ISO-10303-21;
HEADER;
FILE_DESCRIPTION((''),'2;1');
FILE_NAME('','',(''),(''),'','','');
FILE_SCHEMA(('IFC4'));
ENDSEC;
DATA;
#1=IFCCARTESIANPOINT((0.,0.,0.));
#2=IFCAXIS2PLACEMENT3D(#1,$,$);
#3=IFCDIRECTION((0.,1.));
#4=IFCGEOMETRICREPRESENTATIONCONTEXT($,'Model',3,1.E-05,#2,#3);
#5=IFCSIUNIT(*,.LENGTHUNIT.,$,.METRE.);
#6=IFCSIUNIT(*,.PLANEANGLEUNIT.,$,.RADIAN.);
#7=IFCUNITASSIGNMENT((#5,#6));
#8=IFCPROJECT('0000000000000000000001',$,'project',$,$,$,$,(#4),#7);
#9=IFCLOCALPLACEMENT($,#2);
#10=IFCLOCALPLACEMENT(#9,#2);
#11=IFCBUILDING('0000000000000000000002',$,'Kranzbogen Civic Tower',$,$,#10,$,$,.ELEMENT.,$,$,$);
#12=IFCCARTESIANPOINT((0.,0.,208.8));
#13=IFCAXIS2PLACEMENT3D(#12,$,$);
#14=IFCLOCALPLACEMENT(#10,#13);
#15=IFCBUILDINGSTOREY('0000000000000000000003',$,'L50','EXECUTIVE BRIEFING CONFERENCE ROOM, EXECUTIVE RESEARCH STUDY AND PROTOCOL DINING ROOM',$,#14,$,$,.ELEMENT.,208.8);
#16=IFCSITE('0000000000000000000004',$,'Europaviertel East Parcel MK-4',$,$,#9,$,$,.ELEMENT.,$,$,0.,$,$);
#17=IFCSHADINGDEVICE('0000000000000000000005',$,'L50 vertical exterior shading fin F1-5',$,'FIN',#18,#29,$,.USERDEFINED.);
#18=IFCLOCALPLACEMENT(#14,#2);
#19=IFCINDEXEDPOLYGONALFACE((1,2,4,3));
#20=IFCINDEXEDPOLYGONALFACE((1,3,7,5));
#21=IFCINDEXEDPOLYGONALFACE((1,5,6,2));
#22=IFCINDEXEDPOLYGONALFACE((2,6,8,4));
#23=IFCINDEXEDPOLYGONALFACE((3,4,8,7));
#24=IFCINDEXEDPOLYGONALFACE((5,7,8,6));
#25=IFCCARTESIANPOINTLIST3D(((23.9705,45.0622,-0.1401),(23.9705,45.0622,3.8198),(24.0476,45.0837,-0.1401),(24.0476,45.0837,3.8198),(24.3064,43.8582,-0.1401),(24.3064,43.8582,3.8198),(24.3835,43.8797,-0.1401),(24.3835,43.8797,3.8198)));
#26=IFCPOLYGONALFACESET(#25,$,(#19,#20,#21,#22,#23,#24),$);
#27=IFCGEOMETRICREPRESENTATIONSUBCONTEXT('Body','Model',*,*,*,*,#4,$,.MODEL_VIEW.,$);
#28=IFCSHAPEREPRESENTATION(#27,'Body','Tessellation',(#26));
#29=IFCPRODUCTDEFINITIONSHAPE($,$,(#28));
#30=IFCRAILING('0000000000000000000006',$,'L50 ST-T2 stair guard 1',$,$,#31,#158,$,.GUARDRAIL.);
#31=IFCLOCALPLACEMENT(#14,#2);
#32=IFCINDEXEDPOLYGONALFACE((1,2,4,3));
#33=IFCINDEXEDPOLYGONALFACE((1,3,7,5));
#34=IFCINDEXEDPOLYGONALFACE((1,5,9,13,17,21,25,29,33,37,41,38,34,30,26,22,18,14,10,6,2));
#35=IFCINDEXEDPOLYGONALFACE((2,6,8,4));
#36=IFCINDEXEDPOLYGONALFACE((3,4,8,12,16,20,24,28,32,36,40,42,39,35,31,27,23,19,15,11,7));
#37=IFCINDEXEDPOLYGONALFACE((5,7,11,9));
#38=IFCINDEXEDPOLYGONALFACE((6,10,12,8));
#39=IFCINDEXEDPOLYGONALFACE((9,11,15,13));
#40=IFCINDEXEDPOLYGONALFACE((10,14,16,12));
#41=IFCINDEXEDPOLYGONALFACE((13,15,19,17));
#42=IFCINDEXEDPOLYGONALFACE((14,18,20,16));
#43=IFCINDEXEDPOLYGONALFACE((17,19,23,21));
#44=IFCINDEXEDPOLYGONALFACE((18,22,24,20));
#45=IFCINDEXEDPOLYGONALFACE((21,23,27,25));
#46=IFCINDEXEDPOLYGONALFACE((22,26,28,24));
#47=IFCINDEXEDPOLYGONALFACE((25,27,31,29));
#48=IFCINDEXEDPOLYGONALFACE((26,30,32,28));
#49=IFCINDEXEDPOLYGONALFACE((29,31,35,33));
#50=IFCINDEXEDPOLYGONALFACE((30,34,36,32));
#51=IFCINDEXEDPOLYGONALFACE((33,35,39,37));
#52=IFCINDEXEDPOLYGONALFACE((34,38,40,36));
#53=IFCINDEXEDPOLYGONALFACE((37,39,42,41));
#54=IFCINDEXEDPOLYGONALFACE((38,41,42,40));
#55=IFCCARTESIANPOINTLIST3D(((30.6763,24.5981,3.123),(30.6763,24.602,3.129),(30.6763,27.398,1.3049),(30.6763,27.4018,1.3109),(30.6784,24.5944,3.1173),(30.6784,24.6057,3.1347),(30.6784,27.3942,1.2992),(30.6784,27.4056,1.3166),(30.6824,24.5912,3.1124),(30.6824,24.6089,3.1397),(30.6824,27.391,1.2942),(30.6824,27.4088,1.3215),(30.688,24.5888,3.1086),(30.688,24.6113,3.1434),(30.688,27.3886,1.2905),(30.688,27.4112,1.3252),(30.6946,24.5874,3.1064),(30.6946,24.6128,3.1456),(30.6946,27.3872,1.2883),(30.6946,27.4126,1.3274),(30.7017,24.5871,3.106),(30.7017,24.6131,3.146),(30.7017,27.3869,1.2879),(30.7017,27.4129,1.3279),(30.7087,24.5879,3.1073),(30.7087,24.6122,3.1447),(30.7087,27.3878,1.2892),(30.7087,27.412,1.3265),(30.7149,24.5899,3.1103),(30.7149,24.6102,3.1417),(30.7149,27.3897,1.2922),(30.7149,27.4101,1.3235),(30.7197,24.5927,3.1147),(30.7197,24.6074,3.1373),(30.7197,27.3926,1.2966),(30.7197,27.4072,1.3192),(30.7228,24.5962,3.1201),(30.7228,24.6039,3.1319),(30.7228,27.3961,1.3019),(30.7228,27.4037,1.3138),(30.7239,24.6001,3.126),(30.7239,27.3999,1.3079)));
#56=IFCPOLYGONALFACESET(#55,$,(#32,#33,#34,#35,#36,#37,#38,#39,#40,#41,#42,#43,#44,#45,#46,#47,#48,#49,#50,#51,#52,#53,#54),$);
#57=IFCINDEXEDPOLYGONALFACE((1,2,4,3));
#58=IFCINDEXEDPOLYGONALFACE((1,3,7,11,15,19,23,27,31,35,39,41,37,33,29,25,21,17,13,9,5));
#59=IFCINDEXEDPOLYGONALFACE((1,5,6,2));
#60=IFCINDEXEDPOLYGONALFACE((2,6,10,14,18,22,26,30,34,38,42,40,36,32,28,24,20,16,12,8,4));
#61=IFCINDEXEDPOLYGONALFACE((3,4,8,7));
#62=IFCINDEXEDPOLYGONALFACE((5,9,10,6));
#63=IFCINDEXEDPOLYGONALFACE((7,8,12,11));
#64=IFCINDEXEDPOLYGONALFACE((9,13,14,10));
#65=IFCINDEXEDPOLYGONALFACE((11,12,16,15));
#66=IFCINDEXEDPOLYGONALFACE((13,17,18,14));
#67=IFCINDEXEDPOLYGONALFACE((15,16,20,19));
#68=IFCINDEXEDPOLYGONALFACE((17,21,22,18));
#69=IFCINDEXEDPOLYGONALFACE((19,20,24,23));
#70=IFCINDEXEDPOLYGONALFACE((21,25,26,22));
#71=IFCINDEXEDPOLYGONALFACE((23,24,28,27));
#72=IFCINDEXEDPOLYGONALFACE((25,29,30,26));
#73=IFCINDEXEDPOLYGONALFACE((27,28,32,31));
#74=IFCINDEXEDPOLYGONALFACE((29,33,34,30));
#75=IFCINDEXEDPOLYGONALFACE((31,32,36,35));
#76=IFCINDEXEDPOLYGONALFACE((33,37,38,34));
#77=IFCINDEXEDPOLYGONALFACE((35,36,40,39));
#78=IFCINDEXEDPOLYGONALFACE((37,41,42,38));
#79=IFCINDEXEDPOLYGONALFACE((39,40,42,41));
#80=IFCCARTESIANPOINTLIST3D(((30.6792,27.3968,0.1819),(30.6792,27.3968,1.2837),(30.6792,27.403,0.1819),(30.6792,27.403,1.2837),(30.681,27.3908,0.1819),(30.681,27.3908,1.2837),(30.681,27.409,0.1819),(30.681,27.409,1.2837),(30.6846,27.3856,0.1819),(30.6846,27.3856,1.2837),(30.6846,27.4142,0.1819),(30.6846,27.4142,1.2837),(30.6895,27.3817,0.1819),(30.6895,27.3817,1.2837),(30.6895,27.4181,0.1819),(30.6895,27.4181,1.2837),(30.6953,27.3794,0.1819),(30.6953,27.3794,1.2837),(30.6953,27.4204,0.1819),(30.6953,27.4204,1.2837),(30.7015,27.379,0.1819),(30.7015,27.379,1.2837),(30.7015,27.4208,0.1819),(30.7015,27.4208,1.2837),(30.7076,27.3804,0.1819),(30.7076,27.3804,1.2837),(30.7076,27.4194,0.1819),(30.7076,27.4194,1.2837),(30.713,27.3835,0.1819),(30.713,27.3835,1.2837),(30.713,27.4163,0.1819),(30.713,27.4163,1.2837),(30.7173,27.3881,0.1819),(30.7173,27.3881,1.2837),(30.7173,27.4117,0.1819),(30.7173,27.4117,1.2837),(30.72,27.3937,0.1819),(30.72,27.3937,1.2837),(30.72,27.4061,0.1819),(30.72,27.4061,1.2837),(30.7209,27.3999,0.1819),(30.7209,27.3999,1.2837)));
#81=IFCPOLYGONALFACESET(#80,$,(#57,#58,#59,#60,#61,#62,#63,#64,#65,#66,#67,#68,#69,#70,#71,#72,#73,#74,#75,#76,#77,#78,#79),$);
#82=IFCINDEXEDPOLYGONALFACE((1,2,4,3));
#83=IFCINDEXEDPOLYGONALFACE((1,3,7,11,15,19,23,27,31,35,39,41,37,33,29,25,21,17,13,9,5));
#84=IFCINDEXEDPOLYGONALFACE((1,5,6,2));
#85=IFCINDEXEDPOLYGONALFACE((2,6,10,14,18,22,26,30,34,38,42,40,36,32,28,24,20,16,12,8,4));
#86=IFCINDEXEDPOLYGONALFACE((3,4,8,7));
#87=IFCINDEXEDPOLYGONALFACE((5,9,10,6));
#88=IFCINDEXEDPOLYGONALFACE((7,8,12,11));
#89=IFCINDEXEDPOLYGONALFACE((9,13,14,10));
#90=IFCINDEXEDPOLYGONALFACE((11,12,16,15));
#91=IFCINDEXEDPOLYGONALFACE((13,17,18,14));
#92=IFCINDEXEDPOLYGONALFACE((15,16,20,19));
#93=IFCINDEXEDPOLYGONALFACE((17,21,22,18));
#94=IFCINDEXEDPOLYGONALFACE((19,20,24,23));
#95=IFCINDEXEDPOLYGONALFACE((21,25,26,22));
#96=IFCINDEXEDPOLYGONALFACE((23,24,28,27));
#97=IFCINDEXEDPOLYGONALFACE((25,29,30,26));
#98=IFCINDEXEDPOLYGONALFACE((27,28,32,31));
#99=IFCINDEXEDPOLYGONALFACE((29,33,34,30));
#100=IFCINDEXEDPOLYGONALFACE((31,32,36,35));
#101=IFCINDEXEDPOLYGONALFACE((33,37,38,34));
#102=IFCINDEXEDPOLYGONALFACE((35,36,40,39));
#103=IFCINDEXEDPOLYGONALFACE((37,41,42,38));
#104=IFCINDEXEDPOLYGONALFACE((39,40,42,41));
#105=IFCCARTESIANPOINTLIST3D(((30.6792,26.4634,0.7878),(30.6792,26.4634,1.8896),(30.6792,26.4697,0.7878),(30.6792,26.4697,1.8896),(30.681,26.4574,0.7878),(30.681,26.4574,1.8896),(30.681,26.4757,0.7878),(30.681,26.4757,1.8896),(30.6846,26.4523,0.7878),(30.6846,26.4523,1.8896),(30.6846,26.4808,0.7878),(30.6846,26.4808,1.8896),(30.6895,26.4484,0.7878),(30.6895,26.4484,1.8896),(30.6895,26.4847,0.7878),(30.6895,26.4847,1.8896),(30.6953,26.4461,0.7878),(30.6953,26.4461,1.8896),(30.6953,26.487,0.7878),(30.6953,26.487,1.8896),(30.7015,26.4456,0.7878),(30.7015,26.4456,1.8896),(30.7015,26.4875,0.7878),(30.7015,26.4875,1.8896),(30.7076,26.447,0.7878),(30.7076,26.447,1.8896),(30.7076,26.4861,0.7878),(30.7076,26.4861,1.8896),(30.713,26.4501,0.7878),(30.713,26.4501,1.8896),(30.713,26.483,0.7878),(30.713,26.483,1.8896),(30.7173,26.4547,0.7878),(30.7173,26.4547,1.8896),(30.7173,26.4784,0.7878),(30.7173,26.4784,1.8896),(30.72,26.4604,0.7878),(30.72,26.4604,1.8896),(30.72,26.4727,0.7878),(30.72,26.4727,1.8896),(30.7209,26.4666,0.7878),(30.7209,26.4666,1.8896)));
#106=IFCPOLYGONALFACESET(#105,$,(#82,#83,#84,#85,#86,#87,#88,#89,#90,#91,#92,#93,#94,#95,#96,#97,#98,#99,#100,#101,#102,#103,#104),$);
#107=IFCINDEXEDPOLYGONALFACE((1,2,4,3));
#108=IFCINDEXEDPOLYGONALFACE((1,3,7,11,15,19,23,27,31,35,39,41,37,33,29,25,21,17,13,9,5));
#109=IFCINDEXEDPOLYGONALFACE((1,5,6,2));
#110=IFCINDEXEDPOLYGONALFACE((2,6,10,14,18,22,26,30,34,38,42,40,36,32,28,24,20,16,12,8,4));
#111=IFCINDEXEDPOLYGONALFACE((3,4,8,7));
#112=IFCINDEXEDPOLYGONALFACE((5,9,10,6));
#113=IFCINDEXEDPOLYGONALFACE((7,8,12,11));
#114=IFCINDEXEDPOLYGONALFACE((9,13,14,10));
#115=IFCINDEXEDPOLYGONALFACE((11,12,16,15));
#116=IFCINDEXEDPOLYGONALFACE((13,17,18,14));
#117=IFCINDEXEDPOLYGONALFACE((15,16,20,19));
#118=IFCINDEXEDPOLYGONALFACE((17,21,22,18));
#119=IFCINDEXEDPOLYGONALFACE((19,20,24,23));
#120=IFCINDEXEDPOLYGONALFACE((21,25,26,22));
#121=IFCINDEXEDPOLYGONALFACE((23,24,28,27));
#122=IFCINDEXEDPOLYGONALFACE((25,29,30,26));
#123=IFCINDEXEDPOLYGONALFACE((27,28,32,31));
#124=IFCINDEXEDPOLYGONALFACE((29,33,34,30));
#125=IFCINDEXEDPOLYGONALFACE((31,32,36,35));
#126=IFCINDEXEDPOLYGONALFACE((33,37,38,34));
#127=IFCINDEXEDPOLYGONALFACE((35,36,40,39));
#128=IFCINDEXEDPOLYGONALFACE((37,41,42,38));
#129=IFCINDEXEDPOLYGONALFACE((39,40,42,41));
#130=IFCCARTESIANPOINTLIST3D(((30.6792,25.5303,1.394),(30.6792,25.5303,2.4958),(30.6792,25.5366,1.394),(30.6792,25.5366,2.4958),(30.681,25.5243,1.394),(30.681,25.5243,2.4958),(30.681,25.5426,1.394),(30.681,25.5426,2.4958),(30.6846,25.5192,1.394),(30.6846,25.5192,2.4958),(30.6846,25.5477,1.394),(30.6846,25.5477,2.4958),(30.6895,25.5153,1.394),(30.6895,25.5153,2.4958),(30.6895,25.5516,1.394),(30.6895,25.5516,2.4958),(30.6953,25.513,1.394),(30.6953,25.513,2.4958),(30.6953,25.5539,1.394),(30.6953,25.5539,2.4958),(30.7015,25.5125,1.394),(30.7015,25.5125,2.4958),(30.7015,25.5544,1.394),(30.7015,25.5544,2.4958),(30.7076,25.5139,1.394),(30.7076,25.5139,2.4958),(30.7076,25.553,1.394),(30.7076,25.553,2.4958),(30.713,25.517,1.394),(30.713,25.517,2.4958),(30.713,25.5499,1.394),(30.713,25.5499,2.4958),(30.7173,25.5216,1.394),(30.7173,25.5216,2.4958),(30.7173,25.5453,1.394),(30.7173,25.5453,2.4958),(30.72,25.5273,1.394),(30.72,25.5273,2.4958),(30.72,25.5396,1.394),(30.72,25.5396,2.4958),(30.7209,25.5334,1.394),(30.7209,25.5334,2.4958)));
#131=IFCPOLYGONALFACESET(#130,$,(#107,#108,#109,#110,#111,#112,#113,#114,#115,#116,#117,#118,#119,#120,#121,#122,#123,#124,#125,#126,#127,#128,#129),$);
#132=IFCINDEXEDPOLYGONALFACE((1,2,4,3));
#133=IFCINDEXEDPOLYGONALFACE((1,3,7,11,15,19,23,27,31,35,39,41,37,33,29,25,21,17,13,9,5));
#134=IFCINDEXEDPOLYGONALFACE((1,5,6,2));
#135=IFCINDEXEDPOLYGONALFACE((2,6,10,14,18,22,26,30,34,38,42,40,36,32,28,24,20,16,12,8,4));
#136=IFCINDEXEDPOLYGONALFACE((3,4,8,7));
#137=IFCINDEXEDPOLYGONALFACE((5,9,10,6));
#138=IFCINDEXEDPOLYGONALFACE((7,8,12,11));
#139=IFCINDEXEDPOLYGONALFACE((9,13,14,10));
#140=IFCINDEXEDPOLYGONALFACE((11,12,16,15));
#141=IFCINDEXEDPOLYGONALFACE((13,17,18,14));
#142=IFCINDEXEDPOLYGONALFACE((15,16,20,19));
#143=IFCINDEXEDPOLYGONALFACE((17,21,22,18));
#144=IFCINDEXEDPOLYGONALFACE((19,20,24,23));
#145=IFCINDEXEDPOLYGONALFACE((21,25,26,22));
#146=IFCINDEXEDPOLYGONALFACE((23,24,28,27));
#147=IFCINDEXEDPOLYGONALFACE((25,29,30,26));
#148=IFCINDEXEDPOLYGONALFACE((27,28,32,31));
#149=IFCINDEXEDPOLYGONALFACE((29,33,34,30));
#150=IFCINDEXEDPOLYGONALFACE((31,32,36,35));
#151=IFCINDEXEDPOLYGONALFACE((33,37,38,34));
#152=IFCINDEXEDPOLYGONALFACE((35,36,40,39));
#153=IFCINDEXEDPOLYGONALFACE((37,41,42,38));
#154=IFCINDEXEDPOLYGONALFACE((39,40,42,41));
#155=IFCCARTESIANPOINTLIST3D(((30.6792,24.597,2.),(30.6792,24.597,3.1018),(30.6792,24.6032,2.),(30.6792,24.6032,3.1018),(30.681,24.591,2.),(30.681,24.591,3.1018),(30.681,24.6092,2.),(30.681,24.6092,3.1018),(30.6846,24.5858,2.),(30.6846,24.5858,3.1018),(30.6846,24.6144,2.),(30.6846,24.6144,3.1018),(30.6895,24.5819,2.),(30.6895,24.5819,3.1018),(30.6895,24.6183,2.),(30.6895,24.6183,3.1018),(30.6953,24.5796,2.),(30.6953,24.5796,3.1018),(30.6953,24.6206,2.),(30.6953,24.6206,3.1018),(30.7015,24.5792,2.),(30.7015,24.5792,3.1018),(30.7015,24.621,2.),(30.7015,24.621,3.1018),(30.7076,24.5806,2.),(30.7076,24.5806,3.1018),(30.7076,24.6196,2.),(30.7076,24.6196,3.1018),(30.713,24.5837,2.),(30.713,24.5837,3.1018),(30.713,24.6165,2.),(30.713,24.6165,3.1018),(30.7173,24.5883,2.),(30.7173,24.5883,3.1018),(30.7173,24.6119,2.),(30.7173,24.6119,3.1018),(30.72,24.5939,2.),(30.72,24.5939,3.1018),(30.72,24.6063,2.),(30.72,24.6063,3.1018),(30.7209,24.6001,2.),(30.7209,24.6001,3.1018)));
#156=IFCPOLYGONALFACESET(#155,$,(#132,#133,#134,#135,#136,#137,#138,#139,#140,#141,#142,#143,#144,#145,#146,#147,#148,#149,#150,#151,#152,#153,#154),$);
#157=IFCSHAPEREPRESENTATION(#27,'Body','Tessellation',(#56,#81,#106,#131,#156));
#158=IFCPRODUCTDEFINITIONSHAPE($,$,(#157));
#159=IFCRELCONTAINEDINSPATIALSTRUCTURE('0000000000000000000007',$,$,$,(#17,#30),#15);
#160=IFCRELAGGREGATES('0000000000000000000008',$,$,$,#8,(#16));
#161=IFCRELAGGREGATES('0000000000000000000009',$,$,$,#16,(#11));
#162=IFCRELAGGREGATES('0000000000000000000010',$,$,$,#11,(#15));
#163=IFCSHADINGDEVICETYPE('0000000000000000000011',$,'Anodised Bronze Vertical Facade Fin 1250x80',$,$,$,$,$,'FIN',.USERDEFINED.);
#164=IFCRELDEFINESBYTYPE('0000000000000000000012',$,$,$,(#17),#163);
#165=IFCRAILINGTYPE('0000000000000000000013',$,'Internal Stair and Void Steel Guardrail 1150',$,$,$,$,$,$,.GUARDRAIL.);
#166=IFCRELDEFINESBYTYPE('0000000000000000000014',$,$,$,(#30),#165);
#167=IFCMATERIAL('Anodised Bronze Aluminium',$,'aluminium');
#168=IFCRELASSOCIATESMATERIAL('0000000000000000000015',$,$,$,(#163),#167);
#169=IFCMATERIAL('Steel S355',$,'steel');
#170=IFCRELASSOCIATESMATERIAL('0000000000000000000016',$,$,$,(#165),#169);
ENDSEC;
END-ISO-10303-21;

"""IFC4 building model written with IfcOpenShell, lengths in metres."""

from ifc_helpers import new_model, si_unit, direction, frame, origin, origin_2d, place, context, subcontext, project, spatial, rectangle, circle, extrude, material, type_object, element, save


model = new_model("IFC4")

# Units and contexts
model_context = context("Model", 3, precision=1e-05, world=origin(), true_north=direction((0.0, 1.0)))
body_context = subcontext(model_context, "Body", "Model", "MODEL_VIEW")
ifc_project = project(units=[si_unit("LENGTHUNIT", "METRE"), si_unit("PLANEANGLEUNIT", "RADIAN")], contexts=[model_context])

# Site, building, storey
site_placement = place(None, origin())
site = spatial("IfcSite", under=ifc_project, at=site_placement, Name="Europaviertel East Parcel MK-4", CompositionType="ELEMENT", RefElevation=0.0)
building_placement = place(site_placement, origin())
building = spatial("IfcBuilding", under=site, at=building_placement, Name="Kranzbogen Civic Tower", CompositionType="ELEMENT")
storey_placement = place(building_placement, frame((0.0, 0.0, 208.8)))
storey = spatial("IfcBuildingStorey", under=building, at=storey_placement, Name="L50", Description="EXECUTIVE BRIEFING CONFERENCE ROOM, EXECUTIVE RESEARCH STUDY AND PROTOCOL DINING ROOM", CompositionType="ELEMENT", Elevation=208.8)

# Shared definitions
ifc_material_1 = material(Name="Steel S355", Category="steel")

# Shading device
ifc_material_2 = material(Name="Anodised Bronze Aluminium", Category="aluminium")
shading_device_type = type_object("IfcShadingDeviceType", Name="Anodised Bronze Vertical Facade Fin 1250x80", ElementType="FIN", PredefinedType="USERDEFINED", material=ifc_material_2)
for number, where, z_axis, x_axis, name in (
    (1, (24.177, 44.4709, -0.1401), (0.0, 0.0, 1.0), (-0.268735, 0.963214, 0.0), "L50 vertical exterior shading fin F1-5"),
):
    element("IfcShadingDevice", number, at=place(storey_placement, frame(where, z_axis=z_axis, x_axis=x_axis)), inside=storey, type_object=shading_device_type, Name=name, ObjectType="FIN", PredefinedType="USERDEFINED", context=body_context, shape_type="SweptSolid", body=[
        extrude(rectangle(XDim=1.25, YDim=0.0801, at=origin_2d()), origin(), (0.0, 0.0, 1.0), 3.96),
    ])

# Railing
railing_type_1 = type_object("IfcRailingType", Name="Internal Stair and Void Steel Guardrail 1150", PredefinedType="GUARDRAIL", material=ifc_material_1)
railing_1_placement = place(storey_placement, frame((30.7, 27.3999, 0.1819)))
element("IfcRailing", 2, at=railing_1_placement, inside=storey, type_object=railing_type_1, Name="L50 ST-T2 stair guard 1", PredefinedType="GUARDRAIL", context=body_context, shape_type="SweptSolid", body=[
    extrude(circle(Radius=0.0239, at=origin_2d()), frame((0.0, 0.0, 1.126), z_axis=(0.0, -0.838684, 0.544618), x_axis=(1.0, 0.0, 0.0)), (0.0, 0.0, 1.0), 3.3384),
    extrude(circle(Radius=0.021, at=origin_2d()), origin(), (0.0, 0.0, 1.0), 1.1018),
    extrude(circle(Radius=0.021, at=origin_2d()), frame((0.0, -0.9333, 0.606)), (0.0, 0.0, 1.0), 1.1018),
    extrude(circle(Radius=0.021, at=origin_2d()), frame((0.0, -1.8665, 1.2122)), (0.0, 0.0, 1.0), 1.1018),
    extrude(circle(Radius=0.021, at=origin_2d()), frame((0.0, -2.7998, 1.8181)), (0.0, 0.0, 1.0), 1.1018),
])

save(model, "model.ifc")
